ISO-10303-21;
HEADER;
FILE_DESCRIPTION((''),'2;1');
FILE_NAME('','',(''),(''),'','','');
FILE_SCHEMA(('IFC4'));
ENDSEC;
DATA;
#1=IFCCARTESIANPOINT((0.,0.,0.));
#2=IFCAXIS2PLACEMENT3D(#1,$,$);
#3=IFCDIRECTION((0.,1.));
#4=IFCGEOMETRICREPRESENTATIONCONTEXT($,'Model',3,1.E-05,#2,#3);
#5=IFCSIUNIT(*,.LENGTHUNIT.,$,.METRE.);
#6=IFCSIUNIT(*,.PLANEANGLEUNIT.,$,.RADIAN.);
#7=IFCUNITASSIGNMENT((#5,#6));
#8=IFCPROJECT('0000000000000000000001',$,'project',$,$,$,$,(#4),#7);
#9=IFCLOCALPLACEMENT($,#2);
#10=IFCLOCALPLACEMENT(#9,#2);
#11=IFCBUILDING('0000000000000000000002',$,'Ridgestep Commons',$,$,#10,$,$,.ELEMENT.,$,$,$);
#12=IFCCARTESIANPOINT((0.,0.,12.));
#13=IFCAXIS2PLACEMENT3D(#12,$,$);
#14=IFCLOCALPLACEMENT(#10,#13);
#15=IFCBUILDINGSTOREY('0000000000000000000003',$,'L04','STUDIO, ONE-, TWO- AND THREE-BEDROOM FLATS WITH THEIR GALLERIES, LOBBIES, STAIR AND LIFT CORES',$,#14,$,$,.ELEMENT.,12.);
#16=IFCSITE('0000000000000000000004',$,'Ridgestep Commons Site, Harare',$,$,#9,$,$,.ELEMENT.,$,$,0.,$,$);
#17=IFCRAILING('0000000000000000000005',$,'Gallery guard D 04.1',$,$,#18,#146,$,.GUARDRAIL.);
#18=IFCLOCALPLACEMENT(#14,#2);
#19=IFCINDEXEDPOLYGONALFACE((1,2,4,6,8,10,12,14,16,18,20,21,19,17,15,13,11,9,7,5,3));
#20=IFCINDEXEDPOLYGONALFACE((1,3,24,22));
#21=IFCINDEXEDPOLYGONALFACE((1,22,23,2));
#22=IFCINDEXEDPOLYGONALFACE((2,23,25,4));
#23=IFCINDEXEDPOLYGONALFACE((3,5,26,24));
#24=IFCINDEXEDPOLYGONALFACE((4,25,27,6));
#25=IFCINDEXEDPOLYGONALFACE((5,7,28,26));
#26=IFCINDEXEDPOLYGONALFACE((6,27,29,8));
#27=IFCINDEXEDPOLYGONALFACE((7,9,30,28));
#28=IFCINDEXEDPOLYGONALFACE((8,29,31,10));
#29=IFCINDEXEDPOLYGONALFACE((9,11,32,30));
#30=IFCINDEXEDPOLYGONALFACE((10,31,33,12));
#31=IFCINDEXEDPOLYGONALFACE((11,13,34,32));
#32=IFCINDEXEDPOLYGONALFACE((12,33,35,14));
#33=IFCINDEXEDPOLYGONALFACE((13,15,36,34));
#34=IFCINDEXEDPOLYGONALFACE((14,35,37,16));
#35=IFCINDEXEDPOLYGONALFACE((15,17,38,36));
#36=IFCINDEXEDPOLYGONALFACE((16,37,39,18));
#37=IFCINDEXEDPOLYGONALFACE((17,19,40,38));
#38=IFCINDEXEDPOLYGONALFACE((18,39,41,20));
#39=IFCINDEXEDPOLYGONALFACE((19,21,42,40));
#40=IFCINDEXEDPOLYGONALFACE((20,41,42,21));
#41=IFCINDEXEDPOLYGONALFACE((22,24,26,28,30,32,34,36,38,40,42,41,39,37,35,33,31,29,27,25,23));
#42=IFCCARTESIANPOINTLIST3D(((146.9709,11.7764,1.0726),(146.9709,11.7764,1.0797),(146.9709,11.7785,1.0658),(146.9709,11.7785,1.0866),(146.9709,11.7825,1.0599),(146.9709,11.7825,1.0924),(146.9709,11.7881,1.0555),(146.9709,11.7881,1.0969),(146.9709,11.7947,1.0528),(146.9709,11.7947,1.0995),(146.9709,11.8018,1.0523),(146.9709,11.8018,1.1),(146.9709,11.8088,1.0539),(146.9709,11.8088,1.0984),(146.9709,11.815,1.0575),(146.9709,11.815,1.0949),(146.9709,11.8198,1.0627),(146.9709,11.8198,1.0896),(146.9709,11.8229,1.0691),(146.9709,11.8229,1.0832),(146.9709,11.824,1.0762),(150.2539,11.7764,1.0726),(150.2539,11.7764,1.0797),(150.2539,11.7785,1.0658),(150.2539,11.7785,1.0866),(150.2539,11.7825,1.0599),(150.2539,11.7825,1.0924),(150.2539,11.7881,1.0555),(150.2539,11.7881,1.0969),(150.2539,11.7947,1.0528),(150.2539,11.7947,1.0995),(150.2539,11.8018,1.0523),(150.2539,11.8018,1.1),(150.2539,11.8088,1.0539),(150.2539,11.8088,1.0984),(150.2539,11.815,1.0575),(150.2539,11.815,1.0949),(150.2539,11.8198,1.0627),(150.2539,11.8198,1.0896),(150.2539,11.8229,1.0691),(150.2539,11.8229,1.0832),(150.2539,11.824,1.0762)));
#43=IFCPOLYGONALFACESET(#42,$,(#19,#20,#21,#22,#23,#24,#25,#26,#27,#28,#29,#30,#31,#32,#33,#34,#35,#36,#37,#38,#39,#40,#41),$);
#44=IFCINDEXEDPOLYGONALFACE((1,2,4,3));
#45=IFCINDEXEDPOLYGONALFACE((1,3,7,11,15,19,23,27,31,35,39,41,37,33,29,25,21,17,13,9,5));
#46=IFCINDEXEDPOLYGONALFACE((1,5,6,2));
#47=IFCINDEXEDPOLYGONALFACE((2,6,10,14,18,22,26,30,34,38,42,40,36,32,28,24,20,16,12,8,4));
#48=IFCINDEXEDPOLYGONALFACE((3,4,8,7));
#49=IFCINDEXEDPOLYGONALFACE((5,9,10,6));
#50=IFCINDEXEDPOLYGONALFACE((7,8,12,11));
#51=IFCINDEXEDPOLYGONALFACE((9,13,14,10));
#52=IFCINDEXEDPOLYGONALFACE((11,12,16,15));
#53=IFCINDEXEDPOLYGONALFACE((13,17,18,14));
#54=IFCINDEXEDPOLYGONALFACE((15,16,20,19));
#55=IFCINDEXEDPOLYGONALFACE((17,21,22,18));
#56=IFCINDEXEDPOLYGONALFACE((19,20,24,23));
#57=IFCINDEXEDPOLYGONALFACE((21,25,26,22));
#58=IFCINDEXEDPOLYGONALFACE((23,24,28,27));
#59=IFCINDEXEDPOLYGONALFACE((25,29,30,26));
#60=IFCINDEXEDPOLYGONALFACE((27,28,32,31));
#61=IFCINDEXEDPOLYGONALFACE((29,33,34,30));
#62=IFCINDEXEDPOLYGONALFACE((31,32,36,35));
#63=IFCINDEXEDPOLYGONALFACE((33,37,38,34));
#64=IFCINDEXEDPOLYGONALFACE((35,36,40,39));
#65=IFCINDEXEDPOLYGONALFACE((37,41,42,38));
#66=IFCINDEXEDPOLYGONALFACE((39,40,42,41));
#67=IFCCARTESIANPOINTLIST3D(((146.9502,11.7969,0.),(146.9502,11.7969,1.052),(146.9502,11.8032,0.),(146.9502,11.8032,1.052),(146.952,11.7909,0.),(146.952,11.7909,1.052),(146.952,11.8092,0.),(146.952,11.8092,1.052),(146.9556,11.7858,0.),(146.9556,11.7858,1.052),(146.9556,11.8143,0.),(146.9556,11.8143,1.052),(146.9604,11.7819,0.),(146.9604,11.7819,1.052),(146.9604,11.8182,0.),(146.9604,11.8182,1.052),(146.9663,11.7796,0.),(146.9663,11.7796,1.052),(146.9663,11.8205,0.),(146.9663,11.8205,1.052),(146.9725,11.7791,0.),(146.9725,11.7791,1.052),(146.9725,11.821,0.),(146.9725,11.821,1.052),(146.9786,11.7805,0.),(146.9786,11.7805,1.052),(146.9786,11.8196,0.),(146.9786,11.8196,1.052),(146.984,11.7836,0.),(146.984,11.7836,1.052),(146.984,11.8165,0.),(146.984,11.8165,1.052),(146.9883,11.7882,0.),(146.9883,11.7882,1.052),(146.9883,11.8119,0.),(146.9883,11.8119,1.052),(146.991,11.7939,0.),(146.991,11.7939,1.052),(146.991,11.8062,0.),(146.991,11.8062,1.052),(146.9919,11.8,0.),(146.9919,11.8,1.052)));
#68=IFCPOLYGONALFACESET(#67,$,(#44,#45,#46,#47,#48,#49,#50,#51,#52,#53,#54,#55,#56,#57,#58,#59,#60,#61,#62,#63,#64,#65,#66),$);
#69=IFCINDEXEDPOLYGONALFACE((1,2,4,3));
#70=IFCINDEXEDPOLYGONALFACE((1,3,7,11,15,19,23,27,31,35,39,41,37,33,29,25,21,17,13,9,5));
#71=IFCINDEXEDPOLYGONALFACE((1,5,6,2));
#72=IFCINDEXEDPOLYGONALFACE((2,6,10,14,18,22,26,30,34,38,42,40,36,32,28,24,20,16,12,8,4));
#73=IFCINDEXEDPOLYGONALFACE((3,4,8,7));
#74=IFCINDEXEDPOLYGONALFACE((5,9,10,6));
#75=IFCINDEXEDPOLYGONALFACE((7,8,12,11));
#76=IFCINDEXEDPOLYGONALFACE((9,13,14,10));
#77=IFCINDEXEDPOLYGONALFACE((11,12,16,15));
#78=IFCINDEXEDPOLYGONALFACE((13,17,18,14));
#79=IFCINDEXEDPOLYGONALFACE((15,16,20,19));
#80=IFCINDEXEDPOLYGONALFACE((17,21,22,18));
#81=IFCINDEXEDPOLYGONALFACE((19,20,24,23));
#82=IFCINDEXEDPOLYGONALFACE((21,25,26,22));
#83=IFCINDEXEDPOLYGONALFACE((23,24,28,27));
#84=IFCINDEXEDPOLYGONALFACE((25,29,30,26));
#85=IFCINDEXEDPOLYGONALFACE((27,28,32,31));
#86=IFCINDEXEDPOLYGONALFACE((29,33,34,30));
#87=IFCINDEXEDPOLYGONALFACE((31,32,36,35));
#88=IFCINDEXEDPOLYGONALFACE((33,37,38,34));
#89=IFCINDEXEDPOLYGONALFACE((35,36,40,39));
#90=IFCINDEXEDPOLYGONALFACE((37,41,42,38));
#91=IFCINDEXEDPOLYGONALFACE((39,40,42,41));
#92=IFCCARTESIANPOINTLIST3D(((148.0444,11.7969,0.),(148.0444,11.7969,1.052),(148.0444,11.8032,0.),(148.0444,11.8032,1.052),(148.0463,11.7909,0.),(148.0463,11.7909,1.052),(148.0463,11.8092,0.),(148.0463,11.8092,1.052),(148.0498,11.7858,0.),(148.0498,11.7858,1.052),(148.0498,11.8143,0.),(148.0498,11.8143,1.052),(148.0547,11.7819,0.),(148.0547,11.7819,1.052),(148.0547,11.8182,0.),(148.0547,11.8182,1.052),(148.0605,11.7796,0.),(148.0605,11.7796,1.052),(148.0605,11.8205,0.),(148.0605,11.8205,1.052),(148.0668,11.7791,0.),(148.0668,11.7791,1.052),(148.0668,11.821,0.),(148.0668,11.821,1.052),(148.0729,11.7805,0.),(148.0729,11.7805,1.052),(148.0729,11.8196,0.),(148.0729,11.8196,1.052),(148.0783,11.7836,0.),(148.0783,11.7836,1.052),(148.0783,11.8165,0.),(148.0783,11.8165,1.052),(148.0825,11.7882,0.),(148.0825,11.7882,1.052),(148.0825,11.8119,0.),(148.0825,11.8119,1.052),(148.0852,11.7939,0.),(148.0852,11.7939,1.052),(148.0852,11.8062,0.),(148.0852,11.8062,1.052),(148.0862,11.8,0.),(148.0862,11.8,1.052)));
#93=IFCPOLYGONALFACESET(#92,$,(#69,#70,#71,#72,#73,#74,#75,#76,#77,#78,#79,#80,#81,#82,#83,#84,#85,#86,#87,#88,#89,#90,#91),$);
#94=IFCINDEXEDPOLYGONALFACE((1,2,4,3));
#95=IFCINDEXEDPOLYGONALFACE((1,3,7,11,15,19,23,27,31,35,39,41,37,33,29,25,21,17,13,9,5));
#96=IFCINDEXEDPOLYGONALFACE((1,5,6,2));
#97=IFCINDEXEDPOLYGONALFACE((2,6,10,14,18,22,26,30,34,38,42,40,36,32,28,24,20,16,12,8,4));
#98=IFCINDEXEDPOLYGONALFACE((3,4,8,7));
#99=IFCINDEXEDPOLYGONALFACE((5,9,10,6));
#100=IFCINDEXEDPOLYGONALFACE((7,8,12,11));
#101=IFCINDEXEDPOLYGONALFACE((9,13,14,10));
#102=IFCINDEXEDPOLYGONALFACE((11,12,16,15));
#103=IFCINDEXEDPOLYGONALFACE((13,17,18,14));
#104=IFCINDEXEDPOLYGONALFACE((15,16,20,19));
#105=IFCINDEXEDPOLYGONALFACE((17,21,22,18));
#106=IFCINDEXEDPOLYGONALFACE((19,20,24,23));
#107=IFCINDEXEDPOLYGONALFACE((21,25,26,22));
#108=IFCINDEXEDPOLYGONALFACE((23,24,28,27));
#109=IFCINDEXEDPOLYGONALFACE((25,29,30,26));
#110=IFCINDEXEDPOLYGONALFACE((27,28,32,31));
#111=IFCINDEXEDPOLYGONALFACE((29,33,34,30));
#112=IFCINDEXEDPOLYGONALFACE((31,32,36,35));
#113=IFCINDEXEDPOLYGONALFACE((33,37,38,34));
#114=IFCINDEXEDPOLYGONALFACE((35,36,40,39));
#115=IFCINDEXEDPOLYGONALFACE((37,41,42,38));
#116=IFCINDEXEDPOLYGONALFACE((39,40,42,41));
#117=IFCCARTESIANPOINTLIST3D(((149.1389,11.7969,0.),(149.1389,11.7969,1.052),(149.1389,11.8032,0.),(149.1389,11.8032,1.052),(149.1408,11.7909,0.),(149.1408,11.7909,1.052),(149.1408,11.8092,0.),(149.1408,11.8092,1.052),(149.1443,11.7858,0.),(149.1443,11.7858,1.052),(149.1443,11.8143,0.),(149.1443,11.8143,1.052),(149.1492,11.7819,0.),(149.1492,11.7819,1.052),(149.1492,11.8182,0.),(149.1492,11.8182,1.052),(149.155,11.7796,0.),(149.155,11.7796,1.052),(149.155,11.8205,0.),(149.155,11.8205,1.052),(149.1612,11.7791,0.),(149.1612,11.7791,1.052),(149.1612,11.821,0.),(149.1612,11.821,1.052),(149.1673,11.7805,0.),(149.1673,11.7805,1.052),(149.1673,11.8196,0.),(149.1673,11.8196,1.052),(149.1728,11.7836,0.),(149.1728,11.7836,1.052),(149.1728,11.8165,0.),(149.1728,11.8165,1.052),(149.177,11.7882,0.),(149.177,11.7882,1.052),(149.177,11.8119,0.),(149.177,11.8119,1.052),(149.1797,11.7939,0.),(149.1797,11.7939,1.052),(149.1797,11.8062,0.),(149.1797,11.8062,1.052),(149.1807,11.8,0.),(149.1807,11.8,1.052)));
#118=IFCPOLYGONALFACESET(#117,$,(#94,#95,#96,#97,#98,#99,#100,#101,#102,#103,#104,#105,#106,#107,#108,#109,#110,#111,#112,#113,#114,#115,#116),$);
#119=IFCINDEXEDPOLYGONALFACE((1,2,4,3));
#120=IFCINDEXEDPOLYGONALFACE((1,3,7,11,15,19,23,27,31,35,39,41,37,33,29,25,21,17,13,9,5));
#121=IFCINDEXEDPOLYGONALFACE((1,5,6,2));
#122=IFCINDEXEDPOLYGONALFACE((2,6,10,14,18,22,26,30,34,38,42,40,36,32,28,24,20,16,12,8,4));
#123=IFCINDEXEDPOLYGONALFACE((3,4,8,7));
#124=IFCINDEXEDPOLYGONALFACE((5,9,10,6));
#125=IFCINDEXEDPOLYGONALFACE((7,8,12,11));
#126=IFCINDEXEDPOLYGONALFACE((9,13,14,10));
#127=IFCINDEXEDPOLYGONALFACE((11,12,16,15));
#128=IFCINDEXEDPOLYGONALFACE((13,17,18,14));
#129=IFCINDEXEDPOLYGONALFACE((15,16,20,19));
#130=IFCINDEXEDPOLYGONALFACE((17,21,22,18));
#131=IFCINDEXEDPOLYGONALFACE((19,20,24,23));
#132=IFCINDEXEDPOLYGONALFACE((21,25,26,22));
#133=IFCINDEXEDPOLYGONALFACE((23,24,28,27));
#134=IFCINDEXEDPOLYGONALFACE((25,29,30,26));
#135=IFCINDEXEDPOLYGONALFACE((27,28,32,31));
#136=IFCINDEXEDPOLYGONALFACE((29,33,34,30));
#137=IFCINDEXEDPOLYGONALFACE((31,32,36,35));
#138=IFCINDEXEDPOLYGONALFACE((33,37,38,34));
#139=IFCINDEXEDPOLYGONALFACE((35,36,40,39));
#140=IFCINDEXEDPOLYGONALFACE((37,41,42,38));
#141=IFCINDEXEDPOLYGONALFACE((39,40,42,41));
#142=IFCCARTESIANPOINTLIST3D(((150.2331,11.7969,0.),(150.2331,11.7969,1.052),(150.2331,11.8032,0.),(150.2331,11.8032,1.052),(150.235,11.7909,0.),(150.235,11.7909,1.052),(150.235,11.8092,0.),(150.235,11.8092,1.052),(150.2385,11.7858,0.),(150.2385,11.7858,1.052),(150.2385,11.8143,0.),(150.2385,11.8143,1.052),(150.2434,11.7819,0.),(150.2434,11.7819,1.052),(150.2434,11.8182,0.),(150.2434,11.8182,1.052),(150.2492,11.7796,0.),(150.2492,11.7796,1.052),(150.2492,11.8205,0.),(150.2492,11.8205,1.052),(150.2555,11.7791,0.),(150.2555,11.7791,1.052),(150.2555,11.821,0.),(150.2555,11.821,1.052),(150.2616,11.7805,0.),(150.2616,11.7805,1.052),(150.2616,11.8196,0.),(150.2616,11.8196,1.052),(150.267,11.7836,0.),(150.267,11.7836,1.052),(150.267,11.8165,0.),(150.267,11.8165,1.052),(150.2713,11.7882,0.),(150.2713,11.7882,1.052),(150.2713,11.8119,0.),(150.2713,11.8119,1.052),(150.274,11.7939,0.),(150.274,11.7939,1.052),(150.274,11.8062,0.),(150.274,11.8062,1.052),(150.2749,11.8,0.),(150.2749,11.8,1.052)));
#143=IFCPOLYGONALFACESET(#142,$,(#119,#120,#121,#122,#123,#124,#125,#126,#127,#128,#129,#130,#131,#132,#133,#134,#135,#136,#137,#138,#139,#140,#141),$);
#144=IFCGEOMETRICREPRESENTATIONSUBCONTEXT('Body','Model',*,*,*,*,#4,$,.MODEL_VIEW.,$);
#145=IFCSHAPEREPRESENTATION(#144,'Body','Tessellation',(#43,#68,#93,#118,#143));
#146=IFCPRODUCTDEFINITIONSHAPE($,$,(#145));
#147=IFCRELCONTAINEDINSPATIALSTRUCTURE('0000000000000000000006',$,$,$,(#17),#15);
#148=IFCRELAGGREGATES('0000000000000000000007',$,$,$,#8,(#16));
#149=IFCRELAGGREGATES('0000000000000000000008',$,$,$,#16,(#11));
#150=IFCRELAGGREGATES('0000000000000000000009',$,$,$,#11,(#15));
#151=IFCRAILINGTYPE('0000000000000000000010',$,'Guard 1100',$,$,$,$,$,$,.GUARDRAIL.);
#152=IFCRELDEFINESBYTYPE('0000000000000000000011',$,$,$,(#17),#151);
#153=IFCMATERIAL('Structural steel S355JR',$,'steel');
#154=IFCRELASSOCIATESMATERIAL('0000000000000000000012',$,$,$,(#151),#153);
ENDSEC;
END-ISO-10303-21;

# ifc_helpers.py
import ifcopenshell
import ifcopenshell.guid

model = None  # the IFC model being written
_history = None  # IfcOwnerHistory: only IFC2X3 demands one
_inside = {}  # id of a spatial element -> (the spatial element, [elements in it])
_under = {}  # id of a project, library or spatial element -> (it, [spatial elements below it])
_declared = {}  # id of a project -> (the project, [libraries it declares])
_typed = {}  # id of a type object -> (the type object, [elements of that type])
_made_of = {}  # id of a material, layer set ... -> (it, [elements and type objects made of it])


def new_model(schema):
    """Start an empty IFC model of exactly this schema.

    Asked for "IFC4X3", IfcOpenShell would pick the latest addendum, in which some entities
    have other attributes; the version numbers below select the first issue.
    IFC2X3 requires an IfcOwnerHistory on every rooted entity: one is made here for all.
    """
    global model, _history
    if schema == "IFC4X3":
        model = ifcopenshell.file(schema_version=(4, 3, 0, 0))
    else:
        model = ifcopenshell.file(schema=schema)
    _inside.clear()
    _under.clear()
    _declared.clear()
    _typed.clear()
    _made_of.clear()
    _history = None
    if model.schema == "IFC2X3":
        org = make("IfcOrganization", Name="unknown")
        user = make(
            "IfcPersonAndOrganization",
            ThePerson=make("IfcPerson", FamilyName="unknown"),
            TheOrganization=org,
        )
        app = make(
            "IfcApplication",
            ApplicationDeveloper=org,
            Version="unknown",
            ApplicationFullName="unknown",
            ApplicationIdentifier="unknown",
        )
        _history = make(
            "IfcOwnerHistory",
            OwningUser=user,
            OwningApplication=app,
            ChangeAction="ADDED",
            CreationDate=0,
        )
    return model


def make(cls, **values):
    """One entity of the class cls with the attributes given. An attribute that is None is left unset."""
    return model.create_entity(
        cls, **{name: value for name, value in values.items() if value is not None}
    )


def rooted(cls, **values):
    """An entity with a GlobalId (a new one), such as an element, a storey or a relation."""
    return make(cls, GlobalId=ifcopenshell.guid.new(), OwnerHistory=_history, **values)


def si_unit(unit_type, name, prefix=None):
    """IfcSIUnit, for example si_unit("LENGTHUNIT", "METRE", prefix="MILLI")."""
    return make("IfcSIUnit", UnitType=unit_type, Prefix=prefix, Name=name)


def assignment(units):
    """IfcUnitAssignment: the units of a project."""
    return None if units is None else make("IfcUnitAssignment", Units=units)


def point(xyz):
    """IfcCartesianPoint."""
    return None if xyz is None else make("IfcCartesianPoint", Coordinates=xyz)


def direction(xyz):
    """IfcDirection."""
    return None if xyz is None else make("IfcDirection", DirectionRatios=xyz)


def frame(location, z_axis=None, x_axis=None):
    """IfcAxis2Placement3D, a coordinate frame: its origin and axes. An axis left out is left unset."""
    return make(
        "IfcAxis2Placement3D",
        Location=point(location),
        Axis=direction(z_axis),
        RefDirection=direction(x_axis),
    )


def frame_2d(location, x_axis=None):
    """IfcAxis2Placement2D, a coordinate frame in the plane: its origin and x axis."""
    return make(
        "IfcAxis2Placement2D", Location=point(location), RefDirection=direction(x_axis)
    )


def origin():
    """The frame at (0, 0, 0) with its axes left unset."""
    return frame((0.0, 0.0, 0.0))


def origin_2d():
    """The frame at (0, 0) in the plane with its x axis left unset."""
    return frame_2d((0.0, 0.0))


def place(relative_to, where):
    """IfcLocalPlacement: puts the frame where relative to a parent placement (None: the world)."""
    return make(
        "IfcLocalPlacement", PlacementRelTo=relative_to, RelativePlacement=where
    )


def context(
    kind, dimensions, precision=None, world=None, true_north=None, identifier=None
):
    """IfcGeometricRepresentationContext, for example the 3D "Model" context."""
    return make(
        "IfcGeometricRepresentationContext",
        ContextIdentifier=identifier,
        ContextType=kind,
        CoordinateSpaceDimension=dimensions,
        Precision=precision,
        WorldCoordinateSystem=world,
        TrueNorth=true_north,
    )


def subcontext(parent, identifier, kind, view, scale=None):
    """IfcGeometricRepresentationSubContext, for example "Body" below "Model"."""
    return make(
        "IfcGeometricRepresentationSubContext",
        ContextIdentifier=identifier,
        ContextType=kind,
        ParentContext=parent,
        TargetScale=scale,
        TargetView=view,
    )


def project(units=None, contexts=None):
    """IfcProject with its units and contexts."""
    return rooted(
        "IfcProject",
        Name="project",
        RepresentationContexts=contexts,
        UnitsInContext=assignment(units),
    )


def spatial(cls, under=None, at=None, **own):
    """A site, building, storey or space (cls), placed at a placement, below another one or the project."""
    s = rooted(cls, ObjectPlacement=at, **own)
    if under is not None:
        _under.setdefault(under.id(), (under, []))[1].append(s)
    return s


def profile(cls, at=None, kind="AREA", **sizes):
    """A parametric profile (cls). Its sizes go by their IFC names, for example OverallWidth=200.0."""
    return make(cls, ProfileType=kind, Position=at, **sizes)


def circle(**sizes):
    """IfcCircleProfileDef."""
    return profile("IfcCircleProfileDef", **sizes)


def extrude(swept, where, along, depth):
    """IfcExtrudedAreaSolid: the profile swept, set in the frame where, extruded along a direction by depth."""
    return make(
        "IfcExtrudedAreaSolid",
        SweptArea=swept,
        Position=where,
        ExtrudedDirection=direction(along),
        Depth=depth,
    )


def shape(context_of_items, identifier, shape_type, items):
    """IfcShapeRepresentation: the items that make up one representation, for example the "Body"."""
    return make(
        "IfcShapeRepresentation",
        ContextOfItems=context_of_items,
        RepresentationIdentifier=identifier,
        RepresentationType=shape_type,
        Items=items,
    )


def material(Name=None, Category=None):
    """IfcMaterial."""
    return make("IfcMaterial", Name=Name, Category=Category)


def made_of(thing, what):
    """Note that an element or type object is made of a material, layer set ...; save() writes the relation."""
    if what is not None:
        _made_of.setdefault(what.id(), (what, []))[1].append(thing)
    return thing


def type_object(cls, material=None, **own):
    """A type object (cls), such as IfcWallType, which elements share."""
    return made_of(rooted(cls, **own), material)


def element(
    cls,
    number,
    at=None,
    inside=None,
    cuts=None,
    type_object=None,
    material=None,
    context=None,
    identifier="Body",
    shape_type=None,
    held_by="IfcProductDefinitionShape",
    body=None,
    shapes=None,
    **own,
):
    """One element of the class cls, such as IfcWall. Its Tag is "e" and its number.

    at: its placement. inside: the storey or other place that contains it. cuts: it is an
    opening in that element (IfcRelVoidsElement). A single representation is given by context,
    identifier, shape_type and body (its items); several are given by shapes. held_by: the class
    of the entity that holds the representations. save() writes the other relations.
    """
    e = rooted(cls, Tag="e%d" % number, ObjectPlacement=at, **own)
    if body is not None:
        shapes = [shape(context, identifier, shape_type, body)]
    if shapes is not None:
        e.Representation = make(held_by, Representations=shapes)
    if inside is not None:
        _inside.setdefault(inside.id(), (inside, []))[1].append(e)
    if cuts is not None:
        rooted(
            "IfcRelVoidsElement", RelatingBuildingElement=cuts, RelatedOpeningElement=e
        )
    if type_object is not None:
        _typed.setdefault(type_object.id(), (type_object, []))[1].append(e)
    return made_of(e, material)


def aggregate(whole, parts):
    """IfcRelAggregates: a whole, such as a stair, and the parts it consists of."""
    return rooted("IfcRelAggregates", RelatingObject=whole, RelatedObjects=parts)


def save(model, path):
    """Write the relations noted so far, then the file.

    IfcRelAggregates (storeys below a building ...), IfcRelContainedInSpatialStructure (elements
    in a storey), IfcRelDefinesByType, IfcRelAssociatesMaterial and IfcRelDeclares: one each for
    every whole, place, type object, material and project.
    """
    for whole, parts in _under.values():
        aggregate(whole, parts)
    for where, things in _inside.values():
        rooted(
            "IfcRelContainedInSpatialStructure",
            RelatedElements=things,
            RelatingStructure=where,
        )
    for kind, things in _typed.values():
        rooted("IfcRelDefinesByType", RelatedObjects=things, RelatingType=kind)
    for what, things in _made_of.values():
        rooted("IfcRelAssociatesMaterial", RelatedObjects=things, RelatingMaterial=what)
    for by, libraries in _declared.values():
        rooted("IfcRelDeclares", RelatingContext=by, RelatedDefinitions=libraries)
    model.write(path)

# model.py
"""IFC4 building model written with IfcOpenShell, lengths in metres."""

from ifc_helpers import new_model, si_unit, direction, frame, origin, origin_2d, place, context, subcontext, project, spatial, circle, extrude, material, type_object, element, save


model = new_model("IFC4")

# Units and contexts
model_context = context("Model", 3, precision=1e-05, world=origin(), true_north=direction((0.0, 1.0)))
body_context = subcontext(model_context, "Body", "Model", "MODEL_VIEW")
ifc_project = project(units=[si_unit("LENGTHUNIT", "METRE"), si_unit("PLANEANGLEUNIT", "RADIAN")], contexts=[model_context])

# Site, building, storey
site_placement = place(None, origin())
site = spatial("IfcSite", under=ifc_project, at=site_placement, Name="Ridgestep Commons Site, Harare", CompositionType="ELEMENT", RefElevation=0.0)
building_placement = place(site_placement, origin())
building = spatial("IfcBuilding", under=site, at=building_placement, Name="Ridgestep Commons", CompositionType="ELEMENT")
storey_placement = place(building_placement, frame((0.0, 0.0, 12.0)))
storey = spatial("IfcBuildingStorey", under=building, at=storey_placement, Name="L04", Description="STUDIO, ONE-, TWO- AND THREE-BEDROOM FLATS WITH THEIR GALLERIES, LOBBIES, STAIR AND LIFT CORES", CompositionType="ELEMENT", Elevation=12.0)

# Railing
ifc_material_1 = material(Name="Structural steel S355JR", Category="steel")
railing_type = type_object("IfcRailingType", Name="Guard 1100", PredefinedType="GUARDRAIL", material=ifc_material_1)
railing_1_placement = place(storey_placement, frame((146.9709, 11.8, 0.0)))
element("IfcRailing", 1, at=railing_1_placement, inside=storey, type_object=railing_type, Name="Gallery guard D 04.1", PredefinedType="GUARDRAIL", context=body_context, shape_type="SweptSolid", body=[
    extrude(circle(Radius=0.0239, at=origin_2d()), frame((0.0, 0.0, 1.0762), z_axis=(1.0, 0.0, 0.0), x_axis=(0.0, 1.0, 0.0)), (0.0, 0.0, 1.0), 3.283),
    extrude(circle(Radius=0.021, at=origin_2d()), origin(), (0.0, 0.0, 1.0), 1.052),
    extrude(circle(Radius=0.021, at=origin_2d()), frame((1.0942, 0.0, 0.0)), (0.0, 0.0, 1.0), 1.052),
    extrude(circle(Radius=0.021, at=origin_2d()), frame((2.1887, 0.0, 0.0)), (0.0, 0.0, 1.0), 1.052),
    extrude(circle(Radius=0.021, at=origin_2d()), frame((3.283, 0.0, 0.0)), (0.0, 0.0, 1.0), 1.052),
])

save(model, "model.ifc")
